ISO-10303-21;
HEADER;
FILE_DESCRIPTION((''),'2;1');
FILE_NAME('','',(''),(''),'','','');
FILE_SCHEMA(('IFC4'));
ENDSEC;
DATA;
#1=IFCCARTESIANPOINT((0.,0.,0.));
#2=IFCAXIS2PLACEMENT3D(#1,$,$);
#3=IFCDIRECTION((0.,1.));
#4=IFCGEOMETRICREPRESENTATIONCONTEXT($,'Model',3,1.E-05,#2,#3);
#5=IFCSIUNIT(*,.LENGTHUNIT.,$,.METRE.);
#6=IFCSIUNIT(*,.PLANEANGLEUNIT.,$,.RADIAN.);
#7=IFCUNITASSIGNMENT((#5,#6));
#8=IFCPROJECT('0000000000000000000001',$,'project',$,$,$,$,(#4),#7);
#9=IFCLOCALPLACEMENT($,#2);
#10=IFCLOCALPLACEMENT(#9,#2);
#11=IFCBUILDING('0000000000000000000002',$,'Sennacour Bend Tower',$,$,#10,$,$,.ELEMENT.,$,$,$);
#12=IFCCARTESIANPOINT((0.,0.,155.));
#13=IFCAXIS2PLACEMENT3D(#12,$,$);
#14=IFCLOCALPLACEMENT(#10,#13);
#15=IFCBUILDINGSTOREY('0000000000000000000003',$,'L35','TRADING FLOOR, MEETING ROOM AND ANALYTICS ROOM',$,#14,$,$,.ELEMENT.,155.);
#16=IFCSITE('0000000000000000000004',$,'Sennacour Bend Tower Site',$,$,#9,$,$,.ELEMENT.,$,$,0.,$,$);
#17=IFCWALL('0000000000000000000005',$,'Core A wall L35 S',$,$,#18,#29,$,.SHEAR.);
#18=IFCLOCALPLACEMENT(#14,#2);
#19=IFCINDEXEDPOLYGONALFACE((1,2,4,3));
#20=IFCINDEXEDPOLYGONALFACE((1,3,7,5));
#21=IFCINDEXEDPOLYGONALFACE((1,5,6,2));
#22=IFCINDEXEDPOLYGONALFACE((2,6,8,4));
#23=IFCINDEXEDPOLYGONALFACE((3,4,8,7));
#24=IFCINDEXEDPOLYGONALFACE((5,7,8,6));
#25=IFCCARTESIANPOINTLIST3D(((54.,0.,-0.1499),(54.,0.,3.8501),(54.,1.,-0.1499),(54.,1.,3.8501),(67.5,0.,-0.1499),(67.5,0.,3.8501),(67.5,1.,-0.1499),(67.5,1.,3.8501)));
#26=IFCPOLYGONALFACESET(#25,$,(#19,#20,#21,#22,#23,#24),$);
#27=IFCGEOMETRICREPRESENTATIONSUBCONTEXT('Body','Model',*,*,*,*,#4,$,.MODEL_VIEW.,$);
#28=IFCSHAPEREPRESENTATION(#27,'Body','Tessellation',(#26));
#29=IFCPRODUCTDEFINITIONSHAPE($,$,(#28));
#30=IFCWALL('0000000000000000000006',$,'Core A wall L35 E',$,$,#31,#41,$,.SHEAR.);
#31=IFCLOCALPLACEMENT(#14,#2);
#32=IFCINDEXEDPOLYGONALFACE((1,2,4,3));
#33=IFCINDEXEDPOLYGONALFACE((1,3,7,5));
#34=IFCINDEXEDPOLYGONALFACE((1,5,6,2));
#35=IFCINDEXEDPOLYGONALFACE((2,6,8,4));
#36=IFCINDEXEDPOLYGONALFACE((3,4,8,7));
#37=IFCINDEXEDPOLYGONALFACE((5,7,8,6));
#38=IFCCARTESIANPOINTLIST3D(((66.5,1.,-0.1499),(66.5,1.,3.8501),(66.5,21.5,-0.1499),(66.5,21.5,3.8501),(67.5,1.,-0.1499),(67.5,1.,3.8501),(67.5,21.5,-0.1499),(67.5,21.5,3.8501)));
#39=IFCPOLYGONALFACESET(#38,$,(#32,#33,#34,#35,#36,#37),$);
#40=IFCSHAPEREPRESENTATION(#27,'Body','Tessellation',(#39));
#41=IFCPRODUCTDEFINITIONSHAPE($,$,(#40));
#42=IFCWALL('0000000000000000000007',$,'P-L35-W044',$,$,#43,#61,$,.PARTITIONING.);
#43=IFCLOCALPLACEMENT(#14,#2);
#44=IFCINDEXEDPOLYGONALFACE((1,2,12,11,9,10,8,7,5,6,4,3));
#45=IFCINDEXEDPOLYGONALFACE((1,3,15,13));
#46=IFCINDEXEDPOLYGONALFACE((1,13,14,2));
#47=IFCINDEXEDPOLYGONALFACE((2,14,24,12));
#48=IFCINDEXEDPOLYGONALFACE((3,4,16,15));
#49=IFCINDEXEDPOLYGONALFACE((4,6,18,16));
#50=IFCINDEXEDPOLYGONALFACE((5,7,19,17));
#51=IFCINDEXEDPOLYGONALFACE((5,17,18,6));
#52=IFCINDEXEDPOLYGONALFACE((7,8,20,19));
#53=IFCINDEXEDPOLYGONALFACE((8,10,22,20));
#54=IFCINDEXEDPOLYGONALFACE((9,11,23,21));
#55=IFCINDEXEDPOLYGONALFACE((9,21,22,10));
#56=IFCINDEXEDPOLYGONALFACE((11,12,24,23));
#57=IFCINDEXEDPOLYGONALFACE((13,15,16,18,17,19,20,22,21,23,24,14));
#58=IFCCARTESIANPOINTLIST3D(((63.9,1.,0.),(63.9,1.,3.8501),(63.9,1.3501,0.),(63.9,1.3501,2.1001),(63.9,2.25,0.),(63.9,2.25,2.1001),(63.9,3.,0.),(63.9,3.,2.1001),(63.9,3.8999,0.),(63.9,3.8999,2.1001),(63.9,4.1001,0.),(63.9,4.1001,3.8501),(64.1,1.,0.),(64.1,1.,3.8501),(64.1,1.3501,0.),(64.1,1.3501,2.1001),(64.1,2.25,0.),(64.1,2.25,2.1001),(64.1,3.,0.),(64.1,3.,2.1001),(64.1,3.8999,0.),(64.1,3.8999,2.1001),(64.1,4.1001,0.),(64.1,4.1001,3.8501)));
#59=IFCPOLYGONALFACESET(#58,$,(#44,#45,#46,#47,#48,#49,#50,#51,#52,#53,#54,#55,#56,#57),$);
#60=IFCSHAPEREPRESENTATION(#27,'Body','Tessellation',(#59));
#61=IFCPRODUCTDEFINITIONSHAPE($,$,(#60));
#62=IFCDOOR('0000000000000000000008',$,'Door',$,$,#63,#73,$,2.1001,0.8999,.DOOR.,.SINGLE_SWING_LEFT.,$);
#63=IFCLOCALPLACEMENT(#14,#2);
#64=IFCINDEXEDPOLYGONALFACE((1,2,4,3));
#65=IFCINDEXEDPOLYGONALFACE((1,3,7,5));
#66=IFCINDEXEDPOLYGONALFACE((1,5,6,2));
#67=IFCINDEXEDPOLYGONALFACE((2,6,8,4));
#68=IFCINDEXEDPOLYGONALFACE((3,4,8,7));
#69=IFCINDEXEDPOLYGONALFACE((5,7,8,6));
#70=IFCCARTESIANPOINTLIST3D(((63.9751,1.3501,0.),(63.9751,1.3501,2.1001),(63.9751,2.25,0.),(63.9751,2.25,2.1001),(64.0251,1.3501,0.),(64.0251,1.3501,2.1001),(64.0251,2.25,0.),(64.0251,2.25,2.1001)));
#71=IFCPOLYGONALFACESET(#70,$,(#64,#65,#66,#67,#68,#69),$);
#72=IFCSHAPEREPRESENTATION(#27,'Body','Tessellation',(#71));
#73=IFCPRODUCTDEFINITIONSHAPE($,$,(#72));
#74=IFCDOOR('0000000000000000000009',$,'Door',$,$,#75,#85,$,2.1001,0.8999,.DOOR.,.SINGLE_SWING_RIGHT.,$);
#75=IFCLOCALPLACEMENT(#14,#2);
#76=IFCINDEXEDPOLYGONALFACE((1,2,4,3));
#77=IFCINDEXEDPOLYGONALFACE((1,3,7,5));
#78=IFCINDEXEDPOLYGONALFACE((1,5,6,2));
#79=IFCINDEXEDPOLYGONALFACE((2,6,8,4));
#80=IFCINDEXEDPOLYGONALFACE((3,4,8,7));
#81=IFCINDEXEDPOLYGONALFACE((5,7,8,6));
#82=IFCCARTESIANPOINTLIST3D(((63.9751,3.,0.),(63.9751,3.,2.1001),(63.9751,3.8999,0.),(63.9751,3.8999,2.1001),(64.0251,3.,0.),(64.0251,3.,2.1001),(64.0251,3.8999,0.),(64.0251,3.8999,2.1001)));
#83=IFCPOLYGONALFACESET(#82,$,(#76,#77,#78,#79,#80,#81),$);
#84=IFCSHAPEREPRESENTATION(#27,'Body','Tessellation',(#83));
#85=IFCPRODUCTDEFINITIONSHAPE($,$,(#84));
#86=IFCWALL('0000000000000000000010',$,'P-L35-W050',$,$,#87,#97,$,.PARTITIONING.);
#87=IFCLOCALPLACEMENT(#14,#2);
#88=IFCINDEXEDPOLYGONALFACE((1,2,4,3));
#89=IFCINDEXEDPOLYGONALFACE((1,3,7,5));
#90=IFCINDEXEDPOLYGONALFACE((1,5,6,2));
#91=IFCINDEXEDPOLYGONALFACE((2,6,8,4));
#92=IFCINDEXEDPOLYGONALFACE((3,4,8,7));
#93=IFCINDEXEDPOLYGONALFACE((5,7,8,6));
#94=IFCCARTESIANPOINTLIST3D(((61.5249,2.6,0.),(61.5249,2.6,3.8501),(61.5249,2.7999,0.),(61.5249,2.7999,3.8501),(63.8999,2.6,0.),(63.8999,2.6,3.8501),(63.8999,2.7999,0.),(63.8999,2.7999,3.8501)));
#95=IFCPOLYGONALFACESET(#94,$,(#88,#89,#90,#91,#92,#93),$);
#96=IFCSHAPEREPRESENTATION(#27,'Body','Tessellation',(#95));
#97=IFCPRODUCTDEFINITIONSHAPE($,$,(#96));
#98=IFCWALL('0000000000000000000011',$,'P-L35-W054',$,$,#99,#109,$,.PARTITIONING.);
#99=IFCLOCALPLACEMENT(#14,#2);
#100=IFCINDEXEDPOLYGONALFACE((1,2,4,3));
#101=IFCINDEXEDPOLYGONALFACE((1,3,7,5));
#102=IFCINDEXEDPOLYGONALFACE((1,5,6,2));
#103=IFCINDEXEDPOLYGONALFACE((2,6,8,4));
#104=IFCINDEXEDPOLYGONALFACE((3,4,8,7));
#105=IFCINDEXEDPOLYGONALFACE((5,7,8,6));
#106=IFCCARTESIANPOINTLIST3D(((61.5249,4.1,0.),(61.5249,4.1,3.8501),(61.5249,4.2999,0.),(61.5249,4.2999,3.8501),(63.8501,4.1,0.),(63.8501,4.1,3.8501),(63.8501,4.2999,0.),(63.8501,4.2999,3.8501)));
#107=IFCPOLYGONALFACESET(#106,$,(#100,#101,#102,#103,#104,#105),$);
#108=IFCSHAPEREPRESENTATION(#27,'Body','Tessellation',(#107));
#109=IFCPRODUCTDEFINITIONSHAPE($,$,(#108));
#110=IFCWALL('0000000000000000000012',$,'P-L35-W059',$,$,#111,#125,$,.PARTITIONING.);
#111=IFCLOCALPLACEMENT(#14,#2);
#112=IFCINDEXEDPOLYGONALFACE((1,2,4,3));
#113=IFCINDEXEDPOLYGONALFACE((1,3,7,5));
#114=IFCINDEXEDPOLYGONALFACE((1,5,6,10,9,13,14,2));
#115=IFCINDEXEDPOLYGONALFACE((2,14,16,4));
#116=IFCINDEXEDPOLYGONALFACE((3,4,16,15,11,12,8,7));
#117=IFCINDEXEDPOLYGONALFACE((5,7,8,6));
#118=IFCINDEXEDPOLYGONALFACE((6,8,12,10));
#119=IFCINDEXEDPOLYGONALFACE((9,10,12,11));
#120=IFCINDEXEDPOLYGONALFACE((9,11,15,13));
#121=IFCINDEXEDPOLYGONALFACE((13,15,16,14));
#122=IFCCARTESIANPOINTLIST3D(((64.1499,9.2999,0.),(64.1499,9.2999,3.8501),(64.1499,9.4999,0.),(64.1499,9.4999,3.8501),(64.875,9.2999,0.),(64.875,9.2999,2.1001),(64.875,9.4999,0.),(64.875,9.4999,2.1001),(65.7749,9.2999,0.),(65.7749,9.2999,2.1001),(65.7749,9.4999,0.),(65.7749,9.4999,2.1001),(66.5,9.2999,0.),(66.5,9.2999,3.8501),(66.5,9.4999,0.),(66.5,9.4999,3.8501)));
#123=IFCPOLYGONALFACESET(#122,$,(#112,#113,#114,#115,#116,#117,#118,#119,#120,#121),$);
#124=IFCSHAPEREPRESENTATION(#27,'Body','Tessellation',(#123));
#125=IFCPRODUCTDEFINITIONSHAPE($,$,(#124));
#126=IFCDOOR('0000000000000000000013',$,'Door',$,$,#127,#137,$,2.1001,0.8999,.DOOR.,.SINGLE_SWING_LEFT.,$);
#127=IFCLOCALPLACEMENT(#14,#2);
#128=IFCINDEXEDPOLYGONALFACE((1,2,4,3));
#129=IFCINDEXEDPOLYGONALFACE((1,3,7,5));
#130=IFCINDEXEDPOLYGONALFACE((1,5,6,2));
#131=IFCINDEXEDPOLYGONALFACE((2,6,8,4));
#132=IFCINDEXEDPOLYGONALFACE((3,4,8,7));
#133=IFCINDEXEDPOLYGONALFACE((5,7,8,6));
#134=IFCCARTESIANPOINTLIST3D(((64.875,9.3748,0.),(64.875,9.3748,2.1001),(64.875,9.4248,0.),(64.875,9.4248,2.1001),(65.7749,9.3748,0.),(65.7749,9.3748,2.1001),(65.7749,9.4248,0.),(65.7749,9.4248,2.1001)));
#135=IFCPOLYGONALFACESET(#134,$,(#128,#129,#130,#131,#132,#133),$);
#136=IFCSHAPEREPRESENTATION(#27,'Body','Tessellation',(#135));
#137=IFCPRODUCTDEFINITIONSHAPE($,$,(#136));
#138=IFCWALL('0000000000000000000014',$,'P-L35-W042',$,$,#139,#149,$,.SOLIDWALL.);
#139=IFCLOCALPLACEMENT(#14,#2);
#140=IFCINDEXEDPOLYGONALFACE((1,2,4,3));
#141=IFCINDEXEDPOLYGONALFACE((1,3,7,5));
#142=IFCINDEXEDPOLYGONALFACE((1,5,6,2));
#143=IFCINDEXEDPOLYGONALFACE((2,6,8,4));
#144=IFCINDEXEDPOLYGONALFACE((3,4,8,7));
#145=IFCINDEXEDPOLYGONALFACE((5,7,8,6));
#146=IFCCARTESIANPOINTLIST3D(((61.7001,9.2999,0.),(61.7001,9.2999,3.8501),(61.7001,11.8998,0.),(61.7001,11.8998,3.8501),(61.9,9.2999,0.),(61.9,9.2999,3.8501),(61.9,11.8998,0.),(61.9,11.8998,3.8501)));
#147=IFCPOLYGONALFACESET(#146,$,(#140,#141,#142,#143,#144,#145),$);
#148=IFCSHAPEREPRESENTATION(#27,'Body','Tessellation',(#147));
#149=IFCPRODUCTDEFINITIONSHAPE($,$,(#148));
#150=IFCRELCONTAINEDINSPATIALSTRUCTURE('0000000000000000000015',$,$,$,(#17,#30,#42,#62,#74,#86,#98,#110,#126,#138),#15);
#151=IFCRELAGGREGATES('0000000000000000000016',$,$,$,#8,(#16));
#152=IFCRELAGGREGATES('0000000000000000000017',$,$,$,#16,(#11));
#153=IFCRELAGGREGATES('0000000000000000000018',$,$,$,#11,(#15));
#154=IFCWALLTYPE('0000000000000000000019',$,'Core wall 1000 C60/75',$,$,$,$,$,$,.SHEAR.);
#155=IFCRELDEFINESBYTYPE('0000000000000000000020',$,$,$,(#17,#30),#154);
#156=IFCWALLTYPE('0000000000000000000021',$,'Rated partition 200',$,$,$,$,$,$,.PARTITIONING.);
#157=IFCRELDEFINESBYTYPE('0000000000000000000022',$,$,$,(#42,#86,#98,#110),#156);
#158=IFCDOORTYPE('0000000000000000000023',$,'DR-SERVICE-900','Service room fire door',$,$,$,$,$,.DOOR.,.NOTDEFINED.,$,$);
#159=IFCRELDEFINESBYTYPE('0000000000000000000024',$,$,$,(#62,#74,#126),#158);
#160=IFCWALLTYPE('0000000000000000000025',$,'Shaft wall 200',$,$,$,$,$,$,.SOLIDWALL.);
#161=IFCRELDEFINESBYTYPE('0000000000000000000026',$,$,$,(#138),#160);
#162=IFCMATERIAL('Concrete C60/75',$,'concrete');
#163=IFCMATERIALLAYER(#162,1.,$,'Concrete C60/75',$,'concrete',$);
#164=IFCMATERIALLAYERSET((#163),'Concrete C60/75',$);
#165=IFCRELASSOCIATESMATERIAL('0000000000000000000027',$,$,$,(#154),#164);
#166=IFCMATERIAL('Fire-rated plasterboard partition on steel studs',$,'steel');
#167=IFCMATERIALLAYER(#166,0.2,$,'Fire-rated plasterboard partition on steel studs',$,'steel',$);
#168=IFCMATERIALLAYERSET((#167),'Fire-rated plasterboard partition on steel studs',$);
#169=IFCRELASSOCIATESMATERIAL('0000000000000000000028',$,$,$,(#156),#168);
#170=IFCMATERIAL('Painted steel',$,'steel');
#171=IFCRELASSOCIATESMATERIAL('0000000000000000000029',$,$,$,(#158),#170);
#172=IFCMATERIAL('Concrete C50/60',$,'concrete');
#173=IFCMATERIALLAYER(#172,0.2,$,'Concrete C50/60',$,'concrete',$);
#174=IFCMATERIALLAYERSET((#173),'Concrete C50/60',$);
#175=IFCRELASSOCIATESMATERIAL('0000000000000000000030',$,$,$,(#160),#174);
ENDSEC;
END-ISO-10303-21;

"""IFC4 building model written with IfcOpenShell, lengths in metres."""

from ifc_helpers import new_model, si_unit, direction, frame, frame_2d, origin, place, context, subcontext, project, spatial, rectangle, extrude, material, layer, layer_set, type_object, element, fill, save


model = new_model("IFC4")

# Units and contexts
model_context = context("Model", 3, precision=1e-05, world=origin(), true_north=direction((0.0, 1.0)))
body_context = subcontext(model_context, "Body", "Model", "MODEL_VIEW")
ifc_project = project(units=[si_unit("LENGTHUNIT", "METRE"), si_unit("PLANEANGLEUNIT", "RADIAN")], contexts=[model_context])

# Site, building, storey
site_placement = place(None, origin())
site = spatial("IfcSite", under=ifc_project, at=site_placement, Name="Sennacour Bend Tower Site", CompositionType="ELEMENT", RefElevation=0.0)
building_placement = place(site_placement, origin())
building = spatial("IfcBuilding", under=site, at=building_placement, Name="Sennacour Bend Tower", CompositionType="ELEMENT")
storey_placement = place(building_placement, frame((0.0, 0.0, 155.0)))
storey = spatial("IfcBuildingStorey", under=building, at=storey_placement, Name="L35", Description="TRADING FLOOR, MEETING ROOM AND ANALYTICS ROOM", CompositionType="ELEMENT", Elevation=155.0)

# Walls
ifc_material_1 = material(Name="Concrete C60/75", Category="concrete")
ifc_layer_1 = layer(ifc_material_1, 1.0, Name="Concrete C60/75", Category="concrete")
ifc_layer_set_1 = layer_set([ifc_layer_1], Name="Concrete C60/75")
wall_type_1 = type_object("IfcWallType", Name="Core wall 1000 C60/75", PredefinedType="SHEAR", material=ifc_layer_set_1)
wall_1_placement = place(storey_placement, frame((67.5, 0.5, -0.1499), z_axis=(0.0, 0.0, 1.0), x_axis=(-1.0, 0.0, 0.0)))
element("IfcWall", 1, at=wall_1_placement, inside=storey, type_object=wall_type_1, Name="Core A wall L35 S", PredefinedType="SHEAR", context=body_context, shape_type="SweptSolid", body=[
    extrude(rectangle(XDim=13.5, YDim=1.0, at=frame_2d((6.75, 0.0))), origin(), (0.0, 0.0, 1.0), 4.0),
])
wall_2_placement = place(storey_placement, frame((67.0, 1.0, -0.1499), z_axis=(0.0, 0.0, 1.0), x_axis=(0.0, 1.0, 0.0)))
element("IfcWall", 2, at=wall_2_placement, inside=storey, type_object=wall_type_1, Name="Core A wall L35 E", PredefinedType="SHEAR", context=body_context, shape_type="SweptSolid", body=[
    extrude(rectangle(XDim=20.5, YDim=1.0, at=frame_2d((10.25, 0.0))), origin(), (0.0, 0.0, 1.0), 4.0),
])

# Wall, openings, doors
ifc_material_2 = material(Name="Fire-rated plasterboard partition on steel studs", Category="steel")
ifc_layer_2 = layer(ifc_material_2, 0.2, Name="Fire-rated plasterboard partition on steel studs", Category="steel")
ifc_layer_set_2 = layer_set([ifc_layer_2], Name="Fire-rated plasterboard partition on steel studs")
wall_type_2 = type_object("IfcWallType", Name="Rated partition 200", PredefinedType="PARTITIONING", material=ifc_layer_set_2)
wall_3_placement = place(storey_placement, frame((64.0, 1.0, 0.0), z_axis=(0.0, 0.0, 1.0), x_axis=(0.0, 1.0, 0.0)))
wall_3 = element("IfcWall", 3, at=wall_3_placement, inside=storey, type_object=wall_type_2, Name="P-L35-W044", PredefinedType="PARTITIONING", context=body_context, shape_type="SweptSolid", body=[
    extrude(rectangle(XDim=3.1001, YDim=0.2, at=frame_2d((1.55, 0.0))), origin(), (0.0, 0.0, 1.0), 3.8501),
])
opening_1_placement = place(wall_3_placement, frame((0.3501, 0.0, 0.0)))
opening_1 = element("IfcOpeningElement", 4, at=opening_1_placement, cuts=wall_3, PredefinedType="OPENING", context=body_context, shape_type="SweptSolid", body=[
    extrude(rectangle(XDim=0.8999, YDim=2.1001, at=frame_2d((0.45, 1.05))), frame((0.0, 0.1099, 0.0), z_axis=(0.0, -1.0, 0.0), x_axis=(1.0, 0.0, 0.0)), (0.0, 0.0, 1.0), 0.22),
])
opening_2_placement = place(wall_3_placement, frame((2.0, 0.0, 0.0)))
opening_2 = element("IfcOpeningElement", 5, at=opening_2_placement, cuts=wall_3, PredefinedType="OPENING", context=body_context, shape_type="SweptSolid", body=[
    extrude(rectangle(XDim=0.8999, YDim=2.1001, at=frame_2d((0.45, 1.05))), frame((0.0, 0.1099, 0.0), z_axis=(0.0, -1.0, 0.0), x_axis=(1.0, 0.0, 0.0)), (0.0, 0.0, 1.0), 0.22),
])
ifc_material_3 = material(Name="Painted steel", Category="steel")
door_type_1 = type_object("IfcDoorType", Name="DR-SERVICE-900", Description="Service room fire door", OperationType="NOTDEFINED", PredefinedType="DOOR", material=ifc_material_3)
door_1_placement = place(opening_1_placement, origin())
door_1 = element("IfcDoor", 6, at=door_1_placement, inside=storey, type_object=door_type_1, Name="Door", OperationType="SINGLE_SWING_LEFT", OverallHeight=2.1001, OverallWidth=0.8999, PredefinedType="DOOR", context=body_context, shape_type="SweptSolid", body=[
    extrude(rectangle(XDim=0.8999, YDim=2.1001, at=frame_2d((0.45, 1.05))), frame((0.0, 0.0249, 0.0), z_axis=(0.0, -1.0, 0.0), x_axis=(1.0, 0.0, 0.0)), (0.0, 0.0, 1.0), 0.05),
])
fill(opening_1, door_1)
door_2_placement = place(opening_2_placement, origin())
door_2 = element("IfcDoor", 7, at=door_2_placement, inside=storey, type_object=door_type_1, Name="Door", OperationType="SINGLE_SWING_RIGHT", OverallHeight=2.1001, OverallWidth=0.8999, PredefinedType="DOOR", context=body_context, shape_type="SweptSolid", body=[
    extrude(rectangle(XDim=0.8999, YDim=2.1001, at=frame_2d((0.45, 1.05))), frame((0.0, 0.0249, 0.0), z_axis=(0.0, -1.0, 0.0), x_axis=(1.0, 0.0, 0.0)), (0.0, 0.0, 1.0), 0.05),
])
fill(opening_2, door_2)

# Walls
wall_4_placement = place(storey_placement, frame((61.5249, 2.7, 0.0), z_axis=(0.0, 0.0, 1.0), x_axis=(1.0, 0.0, 0.0)))
element("IfcWall", 8, at=wall_4_placement, inside=storey, type_object=wall_type_2, Name="P-L35-W050", PredefinedType="PARTITIONING", context=body_context, shape_type="SweptSolid", body=[
    extrude(rectangle(XDim=2.375, YDim=0.2, at=frame_2d((1.1875, 0.0))), origin(), (0.0, 0.0, 1.0), 3.8501),
])
wall_5_placement = place(storey_placement, frame((61.5249, 4.2, 0.0), z_axis=(0.0, 0.0, 1.0), x_axis=(1.0, 0.0, 0.0)))
element("IfcWall", 9, at=wall_5_placement, inside=storey, type_object=wall_type_2, Name="P-L35-W054", PredefinedType="PARTITIONING", context=body_context, shape_type="SweptSolid", body=[
    extrude(rectangle(XDim=2.3252, YDim=0.2, at=frame_2d((1.1626, 0.0))), origin(), (0.0, 0.0, 1.0), 3.8501),
])

# Wall, opening, door
wall_6_placement = place(storey_placement, frame((64.1499, 9.3999, 0.0), z_axis=(0.0, 0.0, 1.0), x_axis=(1.0, 0.0, 0.0)))
wall_6 = element("IfcWall", 10, at=wall_6_placement, inside=storey, type_object=wall_type_2, Name="P-L35-W059", PredefinedType="PARTITIONING", context=body_context, shape_type="SweptSolid", body=[
    extrude(rectangle(XDim=2.3501, YDim=0.2, at=frame_2d((1.175, 0.0))), origin(), (0.0, 0.0, 1.0), 3.8501),
])
opening_3_placement = place(wall_6_placement, frame((0.7251, 0.0, 0.0)))
opening_3 = element("IfcOpeningElement", 11, at=opening_3_placement, cuts=wall_6, PredefinedType="OPENING", context=body_context, shape_type="SweptSolid", body=[
    extrude(rectangle(XDim=0.8999, YDim=2.1001, at=frame_2d((0.45, 1.05))), frame((0.0, 0.1099, 0.0), z_axis=(0.0, -1.0, 0.0), x_axis=(1.0, 0.0, 0.0)), (0.0, 0.0, 1.0), 0.22),
])
door_3_placement = place(opening_3_placement, origin())
door_3 = element("IfcDoor", 12, at=door_3_placement, inside=storey, type_object=door_type_1, Name="Door", OperationType="SINGLE_SWING_LEFT", OverallHeight=2.1001, OverallWidth=0.8999, PredefinedType="DOOR", context=body_context, shape_type="SweptSolid", body=[
    extrude(rectangle(XDim=0.8999, YDim=2.1001, at=frame_2d((0.45, 1.05))), frame((0.0, 0.0249, 0.0), z_axis=(0.0, -1.0, 0.0), x_axis=(1.0, 0.0, 0.0)), (0.0, 0.0, 1.0), 0.05),
])
fill(opening_3, door_3)

# Wall
ifc_material_4 = material(Name="Concrete C50/60", Category="concrete")
ifc_layer_3 = layer(ifc_material_4, 0.2, Name="Concrete C50/60", Category="concrete")
ifc_layer_set_3 = layer_set([ifc_layer_3], Name="Concrete C50/60")
wall_type_3 = type_object("IfcWallType", Name="Shaft wall 200", PredefinedType="SOLIDWALL", material=ifc_layer_set_3)
wall_7_placement = place(storey_placement, frame((61.8, 9.3, 0.0), z_axis=(0.0, 0.0, 1.0), x_axis=(0.0, 1.0, 0.0)))
element("IfcWall", 13, at=wall_7_placement, inside=storey, type_object=wall_type_3, Name="P-L35-W042", PredefinedType="SOLIDWALL", context=body_context, shape_type="SweptSolid", body=[
    extrude(rectangle(XDim=2.5999, YDim=0.2, at=frame_2d((1.2998, 0.0))), origin(), (0.0, 0.0, 1.0), 3.8501),
])

save(model, "model.ifc")
